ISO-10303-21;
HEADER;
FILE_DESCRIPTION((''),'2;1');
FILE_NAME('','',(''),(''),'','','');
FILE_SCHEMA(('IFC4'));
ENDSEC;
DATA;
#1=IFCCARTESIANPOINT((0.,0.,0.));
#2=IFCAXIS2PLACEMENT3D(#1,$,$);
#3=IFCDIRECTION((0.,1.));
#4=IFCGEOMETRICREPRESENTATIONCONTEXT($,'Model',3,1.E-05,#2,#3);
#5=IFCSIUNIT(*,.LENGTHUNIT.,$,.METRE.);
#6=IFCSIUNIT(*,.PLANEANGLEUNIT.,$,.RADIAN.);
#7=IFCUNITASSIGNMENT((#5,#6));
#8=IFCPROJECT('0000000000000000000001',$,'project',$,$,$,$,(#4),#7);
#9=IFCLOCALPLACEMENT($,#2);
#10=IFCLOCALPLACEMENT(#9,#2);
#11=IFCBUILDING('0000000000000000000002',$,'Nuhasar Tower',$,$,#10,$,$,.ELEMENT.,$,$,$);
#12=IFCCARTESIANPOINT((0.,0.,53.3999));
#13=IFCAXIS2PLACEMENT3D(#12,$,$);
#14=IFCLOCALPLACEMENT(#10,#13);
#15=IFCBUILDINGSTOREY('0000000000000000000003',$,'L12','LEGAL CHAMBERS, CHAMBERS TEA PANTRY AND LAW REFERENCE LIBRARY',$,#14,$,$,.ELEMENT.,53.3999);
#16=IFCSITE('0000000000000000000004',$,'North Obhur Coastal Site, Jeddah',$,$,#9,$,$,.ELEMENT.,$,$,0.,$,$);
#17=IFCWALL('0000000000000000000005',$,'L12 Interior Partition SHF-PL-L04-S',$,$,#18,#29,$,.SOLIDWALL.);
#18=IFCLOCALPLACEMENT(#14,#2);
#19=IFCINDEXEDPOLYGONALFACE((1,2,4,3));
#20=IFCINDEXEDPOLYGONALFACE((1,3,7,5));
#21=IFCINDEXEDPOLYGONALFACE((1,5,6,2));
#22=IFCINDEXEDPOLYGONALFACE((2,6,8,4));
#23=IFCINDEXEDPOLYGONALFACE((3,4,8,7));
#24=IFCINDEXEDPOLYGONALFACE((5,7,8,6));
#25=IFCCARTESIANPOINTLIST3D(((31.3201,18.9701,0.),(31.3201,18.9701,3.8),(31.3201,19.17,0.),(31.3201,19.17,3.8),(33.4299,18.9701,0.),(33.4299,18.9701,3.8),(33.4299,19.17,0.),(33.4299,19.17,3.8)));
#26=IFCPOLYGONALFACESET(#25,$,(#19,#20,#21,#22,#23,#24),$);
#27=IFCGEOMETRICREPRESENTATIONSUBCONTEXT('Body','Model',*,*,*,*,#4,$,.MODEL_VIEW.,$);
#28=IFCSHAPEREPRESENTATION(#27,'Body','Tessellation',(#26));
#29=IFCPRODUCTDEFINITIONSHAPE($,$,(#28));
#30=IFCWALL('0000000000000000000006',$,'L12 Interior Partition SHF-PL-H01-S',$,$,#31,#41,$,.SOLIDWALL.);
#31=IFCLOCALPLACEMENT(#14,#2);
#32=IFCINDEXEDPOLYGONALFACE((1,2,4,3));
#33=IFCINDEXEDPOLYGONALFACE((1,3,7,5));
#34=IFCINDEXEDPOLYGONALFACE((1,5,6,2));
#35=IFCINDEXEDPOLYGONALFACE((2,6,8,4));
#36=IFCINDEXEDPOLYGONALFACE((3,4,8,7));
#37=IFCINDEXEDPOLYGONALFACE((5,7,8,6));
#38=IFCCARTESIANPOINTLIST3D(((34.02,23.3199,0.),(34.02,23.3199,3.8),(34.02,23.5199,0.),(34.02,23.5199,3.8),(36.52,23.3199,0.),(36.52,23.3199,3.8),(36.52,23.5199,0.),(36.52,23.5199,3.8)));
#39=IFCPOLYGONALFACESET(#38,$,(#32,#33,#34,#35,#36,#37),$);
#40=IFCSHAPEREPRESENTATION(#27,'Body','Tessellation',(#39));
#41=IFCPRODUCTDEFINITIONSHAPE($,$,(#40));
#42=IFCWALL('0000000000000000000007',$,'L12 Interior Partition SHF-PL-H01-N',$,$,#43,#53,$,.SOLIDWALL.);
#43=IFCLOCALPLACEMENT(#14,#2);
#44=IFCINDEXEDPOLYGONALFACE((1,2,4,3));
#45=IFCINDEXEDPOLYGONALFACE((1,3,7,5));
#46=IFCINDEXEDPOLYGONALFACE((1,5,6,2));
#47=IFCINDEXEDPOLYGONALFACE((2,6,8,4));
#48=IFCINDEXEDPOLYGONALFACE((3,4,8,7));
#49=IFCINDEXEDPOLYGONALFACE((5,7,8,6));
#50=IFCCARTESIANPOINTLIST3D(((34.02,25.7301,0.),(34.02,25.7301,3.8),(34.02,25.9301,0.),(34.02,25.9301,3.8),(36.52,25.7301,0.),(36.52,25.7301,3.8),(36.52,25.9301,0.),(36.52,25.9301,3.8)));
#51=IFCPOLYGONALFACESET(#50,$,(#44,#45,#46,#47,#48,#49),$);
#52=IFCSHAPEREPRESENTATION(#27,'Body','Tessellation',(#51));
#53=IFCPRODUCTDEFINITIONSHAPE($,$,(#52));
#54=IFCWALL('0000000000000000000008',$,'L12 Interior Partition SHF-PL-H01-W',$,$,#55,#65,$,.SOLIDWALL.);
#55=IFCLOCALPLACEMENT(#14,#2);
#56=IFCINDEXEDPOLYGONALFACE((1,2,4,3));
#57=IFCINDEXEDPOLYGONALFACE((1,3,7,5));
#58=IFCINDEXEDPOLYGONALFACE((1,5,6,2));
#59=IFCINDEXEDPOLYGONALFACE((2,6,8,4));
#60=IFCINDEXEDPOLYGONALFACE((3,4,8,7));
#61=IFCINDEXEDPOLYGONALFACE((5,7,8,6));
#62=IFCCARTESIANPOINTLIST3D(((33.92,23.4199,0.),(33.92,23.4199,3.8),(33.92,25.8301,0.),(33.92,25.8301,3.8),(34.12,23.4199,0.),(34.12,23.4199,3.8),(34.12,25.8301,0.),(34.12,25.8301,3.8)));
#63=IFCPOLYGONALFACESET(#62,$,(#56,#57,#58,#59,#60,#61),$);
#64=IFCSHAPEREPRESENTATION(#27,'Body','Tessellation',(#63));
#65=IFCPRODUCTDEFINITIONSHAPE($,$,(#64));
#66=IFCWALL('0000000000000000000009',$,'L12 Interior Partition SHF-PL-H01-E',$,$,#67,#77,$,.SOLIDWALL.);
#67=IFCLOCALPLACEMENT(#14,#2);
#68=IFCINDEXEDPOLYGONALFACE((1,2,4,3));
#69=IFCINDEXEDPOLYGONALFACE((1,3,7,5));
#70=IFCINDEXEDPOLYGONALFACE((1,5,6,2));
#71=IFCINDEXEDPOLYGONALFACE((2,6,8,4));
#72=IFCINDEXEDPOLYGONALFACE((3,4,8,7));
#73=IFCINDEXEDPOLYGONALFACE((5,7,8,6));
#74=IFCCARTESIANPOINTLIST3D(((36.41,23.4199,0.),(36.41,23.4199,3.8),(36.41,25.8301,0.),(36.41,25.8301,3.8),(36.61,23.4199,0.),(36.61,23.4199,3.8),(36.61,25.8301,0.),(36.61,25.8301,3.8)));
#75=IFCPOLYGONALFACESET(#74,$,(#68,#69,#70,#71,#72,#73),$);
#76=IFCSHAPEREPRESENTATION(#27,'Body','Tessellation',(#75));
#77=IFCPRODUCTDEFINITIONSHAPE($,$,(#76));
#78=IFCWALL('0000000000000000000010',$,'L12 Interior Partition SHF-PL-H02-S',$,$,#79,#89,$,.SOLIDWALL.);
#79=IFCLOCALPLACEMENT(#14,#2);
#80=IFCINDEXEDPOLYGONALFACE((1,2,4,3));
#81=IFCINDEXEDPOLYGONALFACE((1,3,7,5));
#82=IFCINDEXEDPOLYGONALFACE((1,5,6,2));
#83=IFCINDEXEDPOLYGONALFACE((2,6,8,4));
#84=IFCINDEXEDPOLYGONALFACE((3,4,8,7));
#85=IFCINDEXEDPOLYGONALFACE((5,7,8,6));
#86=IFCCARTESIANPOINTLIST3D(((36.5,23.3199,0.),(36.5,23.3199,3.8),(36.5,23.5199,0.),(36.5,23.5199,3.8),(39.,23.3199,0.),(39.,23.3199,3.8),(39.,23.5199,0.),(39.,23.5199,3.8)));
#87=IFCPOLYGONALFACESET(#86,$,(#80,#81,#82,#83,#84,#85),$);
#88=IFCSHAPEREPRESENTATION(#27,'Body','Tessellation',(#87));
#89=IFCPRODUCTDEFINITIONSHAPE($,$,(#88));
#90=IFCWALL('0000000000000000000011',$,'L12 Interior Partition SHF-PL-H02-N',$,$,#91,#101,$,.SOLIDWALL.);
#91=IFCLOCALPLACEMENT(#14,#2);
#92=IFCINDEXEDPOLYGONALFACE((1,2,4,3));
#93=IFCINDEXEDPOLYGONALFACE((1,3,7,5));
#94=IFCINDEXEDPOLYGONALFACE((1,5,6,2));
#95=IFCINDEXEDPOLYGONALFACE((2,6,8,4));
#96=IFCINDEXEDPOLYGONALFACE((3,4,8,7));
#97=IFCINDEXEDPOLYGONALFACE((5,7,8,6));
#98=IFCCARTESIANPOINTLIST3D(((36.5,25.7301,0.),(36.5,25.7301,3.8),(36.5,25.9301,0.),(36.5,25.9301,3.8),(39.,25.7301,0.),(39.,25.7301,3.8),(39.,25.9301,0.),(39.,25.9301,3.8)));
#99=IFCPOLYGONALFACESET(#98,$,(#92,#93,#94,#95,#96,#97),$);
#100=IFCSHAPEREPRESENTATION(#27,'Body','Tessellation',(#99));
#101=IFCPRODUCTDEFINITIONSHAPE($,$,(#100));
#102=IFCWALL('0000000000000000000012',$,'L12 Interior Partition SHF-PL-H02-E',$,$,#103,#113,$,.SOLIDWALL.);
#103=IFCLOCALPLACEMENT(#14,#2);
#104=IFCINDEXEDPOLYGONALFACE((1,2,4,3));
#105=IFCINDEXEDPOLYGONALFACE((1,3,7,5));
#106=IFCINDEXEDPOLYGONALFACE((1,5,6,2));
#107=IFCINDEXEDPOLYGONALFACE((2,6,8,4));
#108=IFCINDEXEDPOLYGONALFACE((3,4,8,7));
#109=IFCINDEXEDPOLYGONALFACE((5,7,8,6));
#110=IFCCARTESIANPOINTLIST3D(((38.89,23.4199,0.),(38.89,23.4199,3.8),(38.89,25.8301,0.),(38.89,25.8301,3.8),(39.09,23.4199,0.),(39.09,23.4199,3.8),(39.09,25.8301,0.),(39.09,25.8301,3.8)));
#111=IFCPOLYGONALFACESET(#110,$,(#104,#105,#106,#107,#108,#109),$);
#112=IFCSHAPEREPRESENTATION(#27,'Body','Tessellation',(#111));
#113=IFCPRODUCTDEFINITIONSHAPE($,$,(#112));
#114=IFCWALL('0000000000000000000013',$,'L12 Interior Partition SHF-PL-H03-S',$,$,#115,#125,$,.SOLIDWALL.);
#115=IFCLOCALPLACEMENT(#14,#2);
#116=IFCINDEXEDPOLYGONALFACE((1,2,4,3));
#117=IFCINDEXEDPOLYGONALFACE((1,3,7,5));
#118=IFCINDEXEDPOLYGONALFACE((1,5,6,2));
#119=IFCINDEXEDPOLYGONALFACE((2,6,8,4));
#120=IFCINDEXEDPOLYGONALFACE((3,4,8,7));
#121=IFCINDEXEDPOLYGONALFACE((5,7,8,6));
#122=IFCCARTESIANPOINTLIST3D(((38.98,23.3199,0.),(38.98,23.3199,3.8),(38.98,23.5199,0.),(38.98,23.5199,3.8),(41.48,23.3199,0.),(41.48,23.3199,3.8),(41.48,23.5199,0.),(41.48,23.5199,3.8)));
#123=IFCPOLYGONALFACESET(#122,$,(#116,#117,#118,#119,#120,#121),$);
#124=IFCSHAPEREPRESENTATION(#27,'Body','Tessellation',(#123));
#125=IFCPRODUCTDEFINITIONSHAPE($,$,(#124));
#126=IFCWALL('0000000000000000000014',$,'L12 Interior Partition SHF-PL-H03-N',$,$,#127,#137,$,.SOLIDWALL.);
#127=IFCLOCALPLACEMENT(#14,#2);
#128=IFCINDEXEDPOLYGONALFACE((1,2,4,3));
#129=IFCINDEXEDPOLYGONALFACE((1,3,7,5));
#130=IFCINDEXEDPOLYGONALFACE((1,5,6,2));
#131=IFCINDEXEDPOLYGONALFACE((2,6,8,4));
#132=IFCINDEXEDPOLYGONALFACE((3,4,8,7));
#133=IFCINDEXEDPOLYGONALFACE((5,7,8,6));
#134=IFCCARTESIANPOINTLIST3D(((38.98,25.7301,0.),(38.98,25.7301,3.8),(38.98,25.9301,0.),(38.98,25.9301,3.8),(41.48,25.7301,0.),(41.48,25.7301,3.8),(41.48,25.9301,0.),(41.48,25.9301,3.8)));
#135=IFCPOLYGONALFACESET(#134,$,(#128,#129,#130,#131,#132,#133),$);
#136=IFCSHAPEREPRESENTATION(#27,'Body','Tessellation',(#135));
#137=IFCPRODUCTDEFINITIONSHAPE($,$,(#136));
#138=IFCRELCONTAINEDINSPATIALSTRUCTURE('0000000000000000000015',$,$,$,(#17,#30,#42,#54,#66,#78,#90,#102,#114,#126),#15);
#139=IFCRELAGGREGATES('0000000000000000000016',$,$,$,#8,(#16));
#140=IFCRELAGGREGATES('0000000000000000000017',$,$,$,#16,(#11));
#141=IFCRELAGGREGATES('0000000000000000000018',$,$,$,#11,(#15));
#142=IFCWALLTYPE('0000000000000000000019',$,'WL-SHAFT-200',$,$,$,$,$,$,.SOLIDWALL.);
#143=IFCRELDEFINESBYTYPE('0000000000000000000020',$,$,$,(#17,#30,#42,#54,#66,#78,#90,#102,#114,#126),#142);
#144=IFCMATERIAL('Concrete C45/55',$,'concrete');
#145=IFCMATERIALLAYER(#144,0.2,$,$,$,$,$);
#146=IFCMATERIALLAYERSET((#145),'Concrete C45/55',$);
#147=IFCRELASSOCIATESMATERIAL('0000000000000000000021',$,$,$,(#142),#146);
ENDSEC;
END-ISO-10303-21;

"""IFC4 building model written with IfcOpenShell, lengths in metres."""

from ifc_helpers import new_model, si_unit, direction, frame, frame_2d, origin, place, context, subcontext, project, spatial, rectangle, extrude, material, layer, layer_set, type_object, element, save


model = new_model("IFC4")

# Units and contexts
model_context = context("Model", 3, precision=1e-05, world=origin(), true_north=direction((0.0, 1.0)))
body_context = subcontext(model_context, "Body", "Model", "MODEL_VIEW")
ifc_project = project(units=[si_unit("LENGTHUNIT", "METRE"), si_unit("PLANEANGLEUNIT", "RADIAN")], contexts=[model_context])

# Site, building, storey
site_placement = place(None, origin())
site = spatial("IfcSite", under=ifc_project, at=site_placement, Name="North Obhur Coastal Site, Jeddah", CompositionType="ELEMENT", RefElevation=0.0)
building_placement = place(site_placement, origin())
building = spatial("IfcBuilding", under=site, at=building_placement, Name="Nuhasar Tower", CompositionType="ELEMENT")
storey_placement = place(building_placement, frame((0.0, 0.0, 53.3999)))
storey = spatial("IfcBuildingStorey", under=building, at=storey_placement, Name="L12", Description="LEGAL CHAMBERS, CHAMBERS TEA PANTRY AND LAW REFERENCE LIBRARY", CompositionType="ELEMENT", Elevation=53.3999)

# Shared definitions
ifc_material_1 = material(Name="Concrete C45/55", Category="concrete")
ifc_layer_1 = layer(ifc_material_1, 0.2)
ifc_layer_set_1 = layer_set([ifc_layer_1], Name="Concrete C45/55")
wall_type_1 = type_object("IfcWallType", Name="WL-SHAFT-200", PredefinedType="SOLIDWALL", material=ifc_layer_set_1)

# Wall
wall_1_placement = place(storey_placement, frame((31.3201, 19.0701, 0.0), z_axis=(0.0, 0.0, 1.0), x_axis=(1.0, 0.0, 0.0)))
element("IfcWall", 1, at=wall_1_placement, inside=storey, type_object=wall_type_1, Name="L12 Interior Partition SHF-PL-L04-S", PredefinedType="SOLIDWALL", context=body_context, shape_type="SweptSolid", body=[
    extrude(rectangle(XDim=2.1099, YDim=0.2, at=frame_2d((1.0549, 0.0))), origin(), (0.0, 0.0, 1.0), 3.8),
])

# Walls
for number, where, z_axis, x_axis, name in (
    (2, (34.02, 23.4199, 0.0), (0.0, 0.0, 1.0), (1.0, 0.0, 0.0), "L12 Interior Partition SHF-PL-H01-S"),
    (3, (34.02, 25.8301, 0.0), (0.0, 0.0, 1.0), (1.0, 0.0, 0.0), "L12 Interior Partition SHF-PL-H01-N"),
):
    element("IfcWall", number, at=place(storey_placement, frame(where, z_axis=z_axis, x_axis=x_axis)), inside=storey, type_object=wall_type_1, Name=name, PredefinedType="SOLIDWALL", context=body_context, shape_type="SweptSolid", body=[
        extrude(rectangle(XDim=2.5, YDim=0.2, at=frame_2d((1.25, 0.0))), origin(), (0.0, 0.0, 1.0), 3.8),
    ])
for number, where, z_axis, x_axis, name in (
    (4, (34.02, 23.4199, 0.0), (0.0, 0.0, 1.0), (0.0, 1.0, 0.0), "L12 Interior Partition SHF-PL-H01-W"),
    (5, (36.51, 23.4199, 0.0), (0.0, 0.0, 1.0), (0.0, 1.0, 0.0), "L12 Interior Partition SHF-PL-H01-E"),
):
    element("IfcWall", number, at=place(storey_placement, frame(where, z_axis=z_axis, x_axis=x_axis)), inside=storey, type_object=wall_type_1, Name=name, PredefinedType="SOLIDWALL", context=body_context, shape_type="SweptSolid", body=[
        extrude(rectangle(XDim=2.4102, YDim=0.2, at=frame_2d((1.2051, 0.0))), origin(), (0.0, 0.0, 1.0), 3.8),
    ])
for number, where, z_axis, x_axis, name in (
    (6, (36.5, 23.4199, 0.0), (0.0, 0.0, 1.0), (1.0, 0.0, 0.0), "L12 Interior Partition SHF-PL-H02-S"),
    (7, (36.5, 25.8301, 0.0), (0.0, 0.0, 1.0), (1.0, 0.0, 0.0), "L12 Interior Partition SHF-PL-H02-N"),
):
    element("IfcWall", number, at=place(storey_placement, frame(where, z_axis=z_axis, x_axis=x_axis)), inside=storey, type_object=wall_type_1, Name=name, PredefinedType="SOLIDWALL", context=body_context, shape_type="SweptSolid", body=[
        extrude(rectangle(XDim=2.5, YDim=0.2, at=frame_2d((1.25, 0.0))), origin(), (0.0, 0.0, 1.0), 3.8),
    ])
wall_2_placement = place(storey_placement, frame((38.99, 23.4199, 0.0), z_axis=(0.0, 0.0, 1.0), x_axis=(0.0, 1.0, 0.0)))
element("IfcWall", 8, at=wall_2_placement, inside=storey, type_object=wall_type_1, Name="L12 Interior Partition SHF-PL-H02-E", PredefinedType="SOLIDWALL", context=body_context, shape_type="SweptSolid", body=[
    extrude(rectangle(XDim=2.4102, YDim=0.2, at=frame_2d((1.2051, 0.0))), origin(), (0.0, 0.0, 1.0), 3.8),
])
for number, where, z_axis, x_axis, name in (
    (9, (38.98, 23.4199, 0.0), (0.0, 0.0, 1.0), (1.0, 0.0, 0.0), "L12 Interior Partition SHF-PL-H03-S"),
    (10, (38.98, 25.8301, 0.0), (0.0, 0.0, 1.0), (1.0, 0.0, 0.0), "L12 Interior Partition SHF-PL-H03-N"),
):
    element("IfcWall", number, at=place(storey_placement, frame(where, z_axis=z_axis, x_axis=x_axis)), inside=storey, type_object=wall_type_1, Name=name, PredefinedType="SOLIDWALL", context=body_context, shape_type="SweptSolid", body=[
        extrude(rectangle(XDim=2.5, YDim=0.2, at=frame_2d((1.25, 0.0))), origin(), (0.0, 0.0, 1.0), 3.8),
    ])

save(model, "model.ifc")
